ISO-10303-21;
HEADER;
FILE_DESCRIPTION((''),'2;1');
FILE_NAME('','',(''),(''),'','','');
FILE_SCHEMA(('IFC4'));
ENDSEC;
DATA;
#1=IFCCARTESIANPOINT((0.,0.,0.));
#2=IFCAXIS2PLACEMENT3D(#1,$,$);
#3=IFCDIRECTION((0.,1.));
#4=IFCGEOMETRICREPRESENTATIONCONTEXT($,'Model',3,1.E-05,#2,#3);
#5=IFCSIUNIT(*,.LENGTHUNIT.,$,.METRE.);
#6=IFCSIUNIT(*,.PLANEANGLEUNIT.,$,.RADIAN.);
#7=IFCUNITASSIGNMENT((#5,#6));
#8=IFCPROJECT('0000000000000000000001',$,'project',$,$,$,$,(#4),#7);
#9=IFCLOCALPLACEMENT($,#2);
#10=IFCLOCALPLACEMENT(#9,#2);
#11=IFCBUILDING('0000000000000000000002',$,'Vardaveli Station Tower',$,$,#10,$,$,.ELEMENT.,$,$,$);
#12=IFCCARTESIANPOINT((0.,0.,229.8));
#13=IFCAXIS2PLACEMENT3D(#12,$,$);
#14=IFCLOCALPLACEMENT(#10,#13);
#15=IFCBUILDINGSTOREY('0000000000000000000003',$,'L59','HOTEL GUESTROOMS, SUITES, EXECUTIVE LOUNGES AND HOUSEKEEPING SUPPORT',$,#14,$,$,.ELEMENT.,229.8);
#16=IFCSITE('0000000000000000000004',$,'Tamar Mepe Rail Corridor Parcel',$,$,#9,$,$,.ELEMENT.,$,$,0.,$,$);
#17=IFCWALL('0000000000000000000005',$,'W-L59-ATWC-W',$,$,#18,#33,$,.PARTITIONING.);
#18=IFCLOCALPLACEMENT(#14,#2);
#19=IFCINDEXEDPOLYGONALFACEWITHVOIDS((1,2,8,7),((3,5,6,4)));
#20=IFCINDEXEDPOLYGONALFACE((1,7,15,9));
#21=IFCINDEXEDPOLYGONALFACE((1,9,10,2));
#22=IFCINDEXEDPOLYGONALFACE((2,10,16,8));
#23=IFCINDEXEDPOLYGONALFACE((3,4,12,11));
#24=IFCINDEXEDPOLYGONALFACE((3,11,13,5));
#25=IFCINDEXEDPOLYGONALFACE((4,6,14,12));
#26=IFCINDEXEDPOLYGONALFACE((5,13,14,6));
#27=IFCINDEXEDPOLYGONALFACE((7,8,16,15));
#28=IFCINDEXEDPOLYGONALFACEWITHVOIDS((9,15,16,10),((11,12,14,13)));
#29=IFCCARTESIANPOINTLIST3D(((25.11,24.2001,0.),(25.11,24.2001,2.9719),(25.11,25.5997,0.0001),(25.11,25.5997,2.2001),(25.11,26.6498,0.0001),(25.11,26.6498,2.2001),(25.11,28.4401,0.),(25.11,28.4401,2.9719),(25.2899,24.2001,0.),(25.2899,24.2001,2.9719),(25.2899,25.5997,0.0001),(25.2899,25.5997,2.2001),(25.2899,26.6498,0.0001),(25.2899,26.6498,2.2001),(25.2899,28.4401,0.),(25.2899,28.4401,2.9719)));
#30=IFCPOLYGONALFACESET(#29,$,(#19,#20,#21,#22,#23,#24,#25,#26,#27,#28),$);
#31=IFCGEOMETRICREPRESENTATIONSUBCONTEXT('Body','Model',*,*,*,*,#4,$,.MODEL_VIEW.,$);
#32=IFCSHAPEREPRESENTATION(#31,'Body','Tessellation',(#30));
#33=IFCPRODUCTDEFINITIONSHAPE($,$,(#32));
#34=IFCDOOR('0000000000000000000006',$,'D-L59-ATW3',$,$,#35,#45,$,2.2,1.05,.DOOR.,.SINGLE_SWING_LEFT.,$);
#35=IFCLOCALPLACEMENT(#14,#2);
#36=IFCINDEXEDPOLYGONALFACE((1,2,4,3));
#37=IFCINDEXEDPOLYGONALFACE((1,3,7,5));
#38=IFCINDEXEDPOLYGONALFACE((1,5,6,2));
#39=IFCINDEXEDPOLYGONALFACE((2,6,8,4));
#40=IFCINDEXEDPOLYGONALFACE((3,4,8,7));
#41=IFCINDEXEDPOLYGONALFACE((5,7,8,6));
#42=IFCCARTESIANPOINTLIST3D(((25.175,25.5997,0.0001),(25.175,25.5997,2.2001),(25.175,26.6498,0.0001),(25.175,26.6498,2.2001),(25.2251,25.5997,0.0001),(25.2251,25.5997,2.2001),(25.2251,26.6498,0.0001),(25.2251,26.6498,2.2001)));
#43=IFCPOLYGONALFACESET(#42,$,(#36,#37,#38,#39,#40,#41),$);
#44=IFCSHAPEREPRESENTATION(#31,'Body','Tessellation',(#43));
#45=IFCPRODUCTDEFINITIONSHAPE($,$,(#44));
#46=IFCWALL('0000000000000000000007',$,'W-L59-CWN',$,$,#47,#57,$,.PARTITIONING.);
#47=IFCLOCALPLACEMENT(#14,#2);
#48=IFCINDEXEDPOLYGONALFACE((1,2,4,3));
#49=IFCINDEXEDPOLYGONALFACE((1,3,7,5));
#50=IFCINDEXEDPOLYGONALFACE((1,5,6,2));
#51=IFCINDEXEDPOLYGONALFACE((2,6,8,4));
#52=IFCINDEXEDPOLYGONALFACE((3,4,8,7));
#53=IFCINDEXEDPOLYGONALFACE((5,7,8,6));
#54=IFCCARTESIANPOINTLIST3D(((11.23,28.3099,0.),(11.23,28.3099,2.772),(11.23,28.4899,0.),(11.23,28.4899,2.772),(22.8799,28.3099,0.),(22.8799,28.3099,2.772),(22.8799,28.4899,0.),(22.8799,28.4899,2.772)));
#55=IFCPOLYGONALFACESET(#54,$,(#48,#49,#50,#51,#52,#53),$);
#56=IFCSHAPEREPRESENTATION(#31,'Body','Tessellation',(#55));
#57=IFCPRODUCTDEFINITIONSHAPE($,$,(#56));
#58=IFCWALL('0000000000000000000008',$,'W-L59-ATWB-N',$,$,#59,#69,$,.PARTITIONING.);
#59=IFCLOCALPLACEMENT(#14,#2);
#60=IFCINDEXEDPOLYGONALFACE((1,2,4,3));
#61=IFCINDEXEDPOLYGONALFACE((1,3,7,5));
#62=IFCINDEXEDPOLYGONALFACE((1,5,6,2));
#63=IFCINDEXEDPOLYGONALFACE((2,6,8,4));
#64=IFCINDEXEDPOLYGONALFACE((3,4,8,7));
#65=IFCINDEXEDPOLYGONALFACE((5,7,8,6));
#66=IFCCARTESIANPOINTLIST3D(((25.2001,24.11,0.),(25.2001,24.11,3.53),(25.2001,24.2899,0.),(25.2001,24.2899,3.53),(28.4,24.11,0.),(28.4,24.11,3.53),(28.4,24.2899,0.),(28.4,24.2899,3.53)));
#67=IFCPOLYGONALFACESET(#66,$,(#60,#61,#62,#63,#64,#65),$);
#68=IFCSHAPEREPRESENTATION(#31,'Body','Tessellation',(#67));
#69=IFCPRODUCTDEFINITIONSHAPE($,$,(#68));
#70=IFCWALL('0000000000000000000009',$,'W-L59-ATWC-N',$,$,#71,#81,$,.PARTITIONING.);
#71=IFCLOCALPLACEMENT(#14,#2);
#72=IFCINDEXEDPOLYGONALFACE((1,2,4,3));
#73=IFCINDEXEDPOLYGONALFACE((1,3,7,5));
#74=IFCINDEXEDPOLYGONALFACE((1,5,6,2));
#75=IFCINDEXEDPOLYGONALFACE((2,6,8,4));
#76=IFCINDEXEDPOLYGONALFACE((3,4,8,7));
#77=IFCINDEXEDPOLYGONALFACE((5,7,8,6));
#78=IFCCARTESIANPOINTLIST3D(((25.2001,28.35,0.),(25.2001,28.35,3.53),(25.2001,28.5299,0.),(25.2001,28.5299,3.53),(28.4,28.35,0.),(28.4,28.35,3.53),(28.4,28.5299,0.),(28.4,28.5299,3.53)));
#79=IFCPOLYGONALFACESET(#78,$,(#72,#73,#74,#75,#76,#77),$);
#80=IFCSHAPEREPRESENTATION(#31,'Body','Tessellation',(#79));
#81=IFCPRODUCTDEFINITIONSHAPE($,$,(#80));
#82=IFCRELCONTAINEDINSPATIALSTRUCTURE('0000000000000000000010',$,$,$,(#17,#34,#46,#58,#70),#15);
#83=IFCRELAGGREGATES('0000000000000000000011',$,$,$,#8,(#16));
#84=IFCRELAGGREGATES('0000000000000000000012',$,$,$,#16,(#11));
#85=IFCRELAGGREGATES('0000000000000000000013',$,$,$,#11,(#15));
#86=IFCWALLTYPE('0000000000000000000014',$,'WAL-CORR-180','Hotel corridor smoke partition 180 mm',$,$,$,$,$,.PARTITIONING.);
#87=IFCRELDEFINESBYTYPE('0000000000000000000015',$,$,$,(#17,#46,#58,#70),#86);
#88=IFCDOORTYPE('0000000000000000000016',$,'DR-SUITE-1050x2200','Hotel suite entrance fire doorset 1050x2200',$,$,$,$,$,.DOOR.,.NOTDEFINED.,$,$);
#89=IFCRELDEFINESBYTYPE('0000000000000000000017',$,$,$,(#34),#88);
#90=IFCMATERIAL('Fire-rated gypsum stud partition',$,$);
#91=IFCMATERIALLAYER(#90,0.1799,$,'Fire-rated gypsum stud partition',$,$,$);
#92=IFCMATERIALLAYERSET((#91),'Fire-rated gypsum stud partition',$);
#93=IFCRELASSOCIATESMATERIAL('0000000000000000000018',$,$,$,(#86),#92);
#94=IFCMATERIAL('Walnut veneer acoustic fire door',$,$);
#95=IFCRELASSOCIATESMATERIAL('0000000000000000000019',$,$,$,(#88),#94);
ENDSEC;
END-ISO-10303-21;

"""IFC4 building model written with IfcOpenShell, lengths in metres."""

from ifc_helpers import new_model, si_unit, direction, frame, frame_2d, origin, place, context, subcontext, project, spatial, rectangle, extrude, source, transform, mapped, material, layer, layer_set, type_object, element, fill, save


model = new_model("IFC4")

# Units and contexts
model_context = context("Model", 3, precision=1e-05, world=origin(), true_north=direction((0.0, 1.0)))
body_context = subcontext(model_context, "Body", "Model", "MODEL_VIEW")
ifc_project = project(units=[si_unit("LENGTHUNIT", "METRE"), si_unit("PLANEANGLEUNIT", "RADIAN")], contexts=[model_context])

# Site, building, storey
site_placement = place(None, origin())
site = spatial("IfcSite", under=ifc_project, at=site_placement, Name="Tamar Mepe Rail Corridor Parcel", CompositionType="ELEMENT", RefElevation=0.0)
building_placement = place(site_placement, origin())
building = spatial("IfcBuilding", under=site, at=building_placement, Name="Vardaveli Station Tower", CompositionType="ELEMENT")
storey_placement = place(building_placement, frame((0.0, 0.0, 229.8)))
storey = spatial("IfcBuildingStorey", under=building, at=storey_placement, Name="L59", Description="HOTEL GUESTROOMS, SUITES, EXECUTIVE LOUNGES AND HOUSEKEEPING SUPPORT", CompositionType="ELEMENT", Elevation=229.8)

# Wall, opening, door
ifc_material_1 = material(Name="Fire-rated gypsum stud partition")
ifc_layer_1 = layer(ifc_material_1, 0.1799, Name="Fire-rated gypsum stud partition")
ifc_layer_set_1 = layer_set([ifc_layer_1], Name="Fire-rated gypsum stud partition")
wall_type = type_object("IfcWallType", Name="WAL-CORR-180", Description="Hotel corridor smoke partition 180 mm", PredefinedType="PARTITIONING", material=ifc_layer_set_1)
shared_shape_1 = source(origin(), body_context, "Body", "SweptSolid", [
    extrude(rectangle(XDim=1.05, YDim=2.2, at=frame_2d((0.5249, 1.1001))), frame((0.0, 0.1001, 0.0), z_axis=(0.0, -1.0, 0.0), x_axis=(1.0, 0.0, 0.0)), (0.0, 0.0, 1.0), 0.2),
])
ifc_material_2 = material(Name="Walnut veneer acoustic fire door")
door_type = type_object("IfcDoorType", Name="DR-SUITE-1050x2200", Description="Hotel suite entrance fire doorset 1050x2200", OperationType="NOTDEFINED", PredefinedType="DOOR", material=ifc_material_2)
shared_shape_2 = source(origin(), body_context, "Body", "SweptSolid", [
    extrude(rectangle(XDim=1.05, YDim=2.2, at=frame_2d((0.5249, 1.1001))), frame((0.0, 0.0249, 0.0), z_axis=(0.0, -1.0, 0.0), x_axis=(1.0, 0.0, 0.0)), (0.0, 0.0, 1.0), 0.05),
])
shared_shape_3 = source(origin(), body_context, "Body", "SweptSolid", [
    extrude(rectangle(XDim=4.24, YDim=0.1799, at=frame_2d((2.1201, 0.0))), origin(), (0.0, 0.0, 1.0), 2.9719),
])
wall_1_placement = place(storey_placement, frame((25.2, 24.2, 0.0), z_axis=(0.0, 0.0, 1.0), x_axis=(0.0, 1.0, 0.0)))
wall_1 = element("IfcWall", 1, at=wall_1_placement, inside=storey, type_object=wall_type, Name="W-L59-ATWC-W", PredefinedType="PARTITIONING", context=body_context, shape_type="MappedRepresentation", body=[
    mapped(shared_shape_3, transform((0.0, 0.0, 0.0), scale=1.0)),
])
opening_1_placement = place(wall_1_placement, frame((1.3999, 0.0, 0.0)))
opening_1 = element("IfcOpeningElement", 2, at=opening_1_placement, cuts=wall_1, PredefinedType="OPENING", context=body_context, shape_type="MappedRepresentation", body=[
    mapped(shared_shape_1, transform((0.0, 0.0, 0.0), scale=1.0)),
])
door_1_placement = place(opening_1_placement, origin())
door_1 = element("IfcDoor", 3, at=door_1_placement, inside=storey, type_object=door_type, Name="D-L59-ATW3", OperationType="SINGLE_SWING_LEFT", OverallHeight=2.2, OverallWidth=1.05, PredefinedType="DOOR", context=body_context, shape_type="MappedRepresentation", body=[
    mapped(shared_shape_2, transform((0.0, 0.0, 0.0), scale=1.0)),
])
fill(opening_1, door_1)

# Walls
shared_shape_4 = source(origin(), body_context, "Body", "SweptSolid", [
    extrude(rectangle(XDim=11.6499, YDim=0.1799, at=frame_2d((5.825, 0.0))), origin(), (0.0, 0.0, 1.0), 2.772),
])
wall_2_placement = place(storey_placement, frame((11.23, 28.3999, 0.0), z_axis=(0.0, 0.0, 1.0), x_axis=(1.0, 0.0, 0.0)))
element("IfcWall", 4, at=wall_2_placement, inside=storey, type_object=wall_type, Name="W-L59-CWN", PredefinedType="PARTITIONING", context=body_context, shape_type="MappedRepresentation", body=[
    mapped(shared_shape_4, transform((0.0, 0.0, 0.0), scale=1.0)),
])
shared_shape_5 = source(origin(), body_context, "Body", "SweptSolid", [
    extrude(rectangle(XDim=3.2, YDim=0.1799, at=frame_2d((1.6001, 0.0))), origin(), (0.0, 0.0, 1.0), 3.53),
])
for number, where, z_axis, x_axis, name in (
    (5, (25.2, 24.2, 0.0), (0.0, 0.0, 1.0), (1.0, 0.0, 0.0), "W-L59-ATWB-N"),
    (6, (25.2, 28.4399, 0.0), (0.0, 0.0, 1.0), (1.0, 0.0, 0.0), "W-L59-ATWC-N"),
):
    element("IfcWall", number, at=place(storey_placement, frame(where, z_axis=z_axis, x_axis=x_axis)), inside=storey, type_object=wall_type, Name=name, PredefinedType="PARTITIONING", context=body_context, shape_type="MappedRepresentation", body=[
        mapped(shared_shape_5, transform((0.0, 0.0, 0.0), scale=1.0)),
    ])

save(model, "model.ifc")
